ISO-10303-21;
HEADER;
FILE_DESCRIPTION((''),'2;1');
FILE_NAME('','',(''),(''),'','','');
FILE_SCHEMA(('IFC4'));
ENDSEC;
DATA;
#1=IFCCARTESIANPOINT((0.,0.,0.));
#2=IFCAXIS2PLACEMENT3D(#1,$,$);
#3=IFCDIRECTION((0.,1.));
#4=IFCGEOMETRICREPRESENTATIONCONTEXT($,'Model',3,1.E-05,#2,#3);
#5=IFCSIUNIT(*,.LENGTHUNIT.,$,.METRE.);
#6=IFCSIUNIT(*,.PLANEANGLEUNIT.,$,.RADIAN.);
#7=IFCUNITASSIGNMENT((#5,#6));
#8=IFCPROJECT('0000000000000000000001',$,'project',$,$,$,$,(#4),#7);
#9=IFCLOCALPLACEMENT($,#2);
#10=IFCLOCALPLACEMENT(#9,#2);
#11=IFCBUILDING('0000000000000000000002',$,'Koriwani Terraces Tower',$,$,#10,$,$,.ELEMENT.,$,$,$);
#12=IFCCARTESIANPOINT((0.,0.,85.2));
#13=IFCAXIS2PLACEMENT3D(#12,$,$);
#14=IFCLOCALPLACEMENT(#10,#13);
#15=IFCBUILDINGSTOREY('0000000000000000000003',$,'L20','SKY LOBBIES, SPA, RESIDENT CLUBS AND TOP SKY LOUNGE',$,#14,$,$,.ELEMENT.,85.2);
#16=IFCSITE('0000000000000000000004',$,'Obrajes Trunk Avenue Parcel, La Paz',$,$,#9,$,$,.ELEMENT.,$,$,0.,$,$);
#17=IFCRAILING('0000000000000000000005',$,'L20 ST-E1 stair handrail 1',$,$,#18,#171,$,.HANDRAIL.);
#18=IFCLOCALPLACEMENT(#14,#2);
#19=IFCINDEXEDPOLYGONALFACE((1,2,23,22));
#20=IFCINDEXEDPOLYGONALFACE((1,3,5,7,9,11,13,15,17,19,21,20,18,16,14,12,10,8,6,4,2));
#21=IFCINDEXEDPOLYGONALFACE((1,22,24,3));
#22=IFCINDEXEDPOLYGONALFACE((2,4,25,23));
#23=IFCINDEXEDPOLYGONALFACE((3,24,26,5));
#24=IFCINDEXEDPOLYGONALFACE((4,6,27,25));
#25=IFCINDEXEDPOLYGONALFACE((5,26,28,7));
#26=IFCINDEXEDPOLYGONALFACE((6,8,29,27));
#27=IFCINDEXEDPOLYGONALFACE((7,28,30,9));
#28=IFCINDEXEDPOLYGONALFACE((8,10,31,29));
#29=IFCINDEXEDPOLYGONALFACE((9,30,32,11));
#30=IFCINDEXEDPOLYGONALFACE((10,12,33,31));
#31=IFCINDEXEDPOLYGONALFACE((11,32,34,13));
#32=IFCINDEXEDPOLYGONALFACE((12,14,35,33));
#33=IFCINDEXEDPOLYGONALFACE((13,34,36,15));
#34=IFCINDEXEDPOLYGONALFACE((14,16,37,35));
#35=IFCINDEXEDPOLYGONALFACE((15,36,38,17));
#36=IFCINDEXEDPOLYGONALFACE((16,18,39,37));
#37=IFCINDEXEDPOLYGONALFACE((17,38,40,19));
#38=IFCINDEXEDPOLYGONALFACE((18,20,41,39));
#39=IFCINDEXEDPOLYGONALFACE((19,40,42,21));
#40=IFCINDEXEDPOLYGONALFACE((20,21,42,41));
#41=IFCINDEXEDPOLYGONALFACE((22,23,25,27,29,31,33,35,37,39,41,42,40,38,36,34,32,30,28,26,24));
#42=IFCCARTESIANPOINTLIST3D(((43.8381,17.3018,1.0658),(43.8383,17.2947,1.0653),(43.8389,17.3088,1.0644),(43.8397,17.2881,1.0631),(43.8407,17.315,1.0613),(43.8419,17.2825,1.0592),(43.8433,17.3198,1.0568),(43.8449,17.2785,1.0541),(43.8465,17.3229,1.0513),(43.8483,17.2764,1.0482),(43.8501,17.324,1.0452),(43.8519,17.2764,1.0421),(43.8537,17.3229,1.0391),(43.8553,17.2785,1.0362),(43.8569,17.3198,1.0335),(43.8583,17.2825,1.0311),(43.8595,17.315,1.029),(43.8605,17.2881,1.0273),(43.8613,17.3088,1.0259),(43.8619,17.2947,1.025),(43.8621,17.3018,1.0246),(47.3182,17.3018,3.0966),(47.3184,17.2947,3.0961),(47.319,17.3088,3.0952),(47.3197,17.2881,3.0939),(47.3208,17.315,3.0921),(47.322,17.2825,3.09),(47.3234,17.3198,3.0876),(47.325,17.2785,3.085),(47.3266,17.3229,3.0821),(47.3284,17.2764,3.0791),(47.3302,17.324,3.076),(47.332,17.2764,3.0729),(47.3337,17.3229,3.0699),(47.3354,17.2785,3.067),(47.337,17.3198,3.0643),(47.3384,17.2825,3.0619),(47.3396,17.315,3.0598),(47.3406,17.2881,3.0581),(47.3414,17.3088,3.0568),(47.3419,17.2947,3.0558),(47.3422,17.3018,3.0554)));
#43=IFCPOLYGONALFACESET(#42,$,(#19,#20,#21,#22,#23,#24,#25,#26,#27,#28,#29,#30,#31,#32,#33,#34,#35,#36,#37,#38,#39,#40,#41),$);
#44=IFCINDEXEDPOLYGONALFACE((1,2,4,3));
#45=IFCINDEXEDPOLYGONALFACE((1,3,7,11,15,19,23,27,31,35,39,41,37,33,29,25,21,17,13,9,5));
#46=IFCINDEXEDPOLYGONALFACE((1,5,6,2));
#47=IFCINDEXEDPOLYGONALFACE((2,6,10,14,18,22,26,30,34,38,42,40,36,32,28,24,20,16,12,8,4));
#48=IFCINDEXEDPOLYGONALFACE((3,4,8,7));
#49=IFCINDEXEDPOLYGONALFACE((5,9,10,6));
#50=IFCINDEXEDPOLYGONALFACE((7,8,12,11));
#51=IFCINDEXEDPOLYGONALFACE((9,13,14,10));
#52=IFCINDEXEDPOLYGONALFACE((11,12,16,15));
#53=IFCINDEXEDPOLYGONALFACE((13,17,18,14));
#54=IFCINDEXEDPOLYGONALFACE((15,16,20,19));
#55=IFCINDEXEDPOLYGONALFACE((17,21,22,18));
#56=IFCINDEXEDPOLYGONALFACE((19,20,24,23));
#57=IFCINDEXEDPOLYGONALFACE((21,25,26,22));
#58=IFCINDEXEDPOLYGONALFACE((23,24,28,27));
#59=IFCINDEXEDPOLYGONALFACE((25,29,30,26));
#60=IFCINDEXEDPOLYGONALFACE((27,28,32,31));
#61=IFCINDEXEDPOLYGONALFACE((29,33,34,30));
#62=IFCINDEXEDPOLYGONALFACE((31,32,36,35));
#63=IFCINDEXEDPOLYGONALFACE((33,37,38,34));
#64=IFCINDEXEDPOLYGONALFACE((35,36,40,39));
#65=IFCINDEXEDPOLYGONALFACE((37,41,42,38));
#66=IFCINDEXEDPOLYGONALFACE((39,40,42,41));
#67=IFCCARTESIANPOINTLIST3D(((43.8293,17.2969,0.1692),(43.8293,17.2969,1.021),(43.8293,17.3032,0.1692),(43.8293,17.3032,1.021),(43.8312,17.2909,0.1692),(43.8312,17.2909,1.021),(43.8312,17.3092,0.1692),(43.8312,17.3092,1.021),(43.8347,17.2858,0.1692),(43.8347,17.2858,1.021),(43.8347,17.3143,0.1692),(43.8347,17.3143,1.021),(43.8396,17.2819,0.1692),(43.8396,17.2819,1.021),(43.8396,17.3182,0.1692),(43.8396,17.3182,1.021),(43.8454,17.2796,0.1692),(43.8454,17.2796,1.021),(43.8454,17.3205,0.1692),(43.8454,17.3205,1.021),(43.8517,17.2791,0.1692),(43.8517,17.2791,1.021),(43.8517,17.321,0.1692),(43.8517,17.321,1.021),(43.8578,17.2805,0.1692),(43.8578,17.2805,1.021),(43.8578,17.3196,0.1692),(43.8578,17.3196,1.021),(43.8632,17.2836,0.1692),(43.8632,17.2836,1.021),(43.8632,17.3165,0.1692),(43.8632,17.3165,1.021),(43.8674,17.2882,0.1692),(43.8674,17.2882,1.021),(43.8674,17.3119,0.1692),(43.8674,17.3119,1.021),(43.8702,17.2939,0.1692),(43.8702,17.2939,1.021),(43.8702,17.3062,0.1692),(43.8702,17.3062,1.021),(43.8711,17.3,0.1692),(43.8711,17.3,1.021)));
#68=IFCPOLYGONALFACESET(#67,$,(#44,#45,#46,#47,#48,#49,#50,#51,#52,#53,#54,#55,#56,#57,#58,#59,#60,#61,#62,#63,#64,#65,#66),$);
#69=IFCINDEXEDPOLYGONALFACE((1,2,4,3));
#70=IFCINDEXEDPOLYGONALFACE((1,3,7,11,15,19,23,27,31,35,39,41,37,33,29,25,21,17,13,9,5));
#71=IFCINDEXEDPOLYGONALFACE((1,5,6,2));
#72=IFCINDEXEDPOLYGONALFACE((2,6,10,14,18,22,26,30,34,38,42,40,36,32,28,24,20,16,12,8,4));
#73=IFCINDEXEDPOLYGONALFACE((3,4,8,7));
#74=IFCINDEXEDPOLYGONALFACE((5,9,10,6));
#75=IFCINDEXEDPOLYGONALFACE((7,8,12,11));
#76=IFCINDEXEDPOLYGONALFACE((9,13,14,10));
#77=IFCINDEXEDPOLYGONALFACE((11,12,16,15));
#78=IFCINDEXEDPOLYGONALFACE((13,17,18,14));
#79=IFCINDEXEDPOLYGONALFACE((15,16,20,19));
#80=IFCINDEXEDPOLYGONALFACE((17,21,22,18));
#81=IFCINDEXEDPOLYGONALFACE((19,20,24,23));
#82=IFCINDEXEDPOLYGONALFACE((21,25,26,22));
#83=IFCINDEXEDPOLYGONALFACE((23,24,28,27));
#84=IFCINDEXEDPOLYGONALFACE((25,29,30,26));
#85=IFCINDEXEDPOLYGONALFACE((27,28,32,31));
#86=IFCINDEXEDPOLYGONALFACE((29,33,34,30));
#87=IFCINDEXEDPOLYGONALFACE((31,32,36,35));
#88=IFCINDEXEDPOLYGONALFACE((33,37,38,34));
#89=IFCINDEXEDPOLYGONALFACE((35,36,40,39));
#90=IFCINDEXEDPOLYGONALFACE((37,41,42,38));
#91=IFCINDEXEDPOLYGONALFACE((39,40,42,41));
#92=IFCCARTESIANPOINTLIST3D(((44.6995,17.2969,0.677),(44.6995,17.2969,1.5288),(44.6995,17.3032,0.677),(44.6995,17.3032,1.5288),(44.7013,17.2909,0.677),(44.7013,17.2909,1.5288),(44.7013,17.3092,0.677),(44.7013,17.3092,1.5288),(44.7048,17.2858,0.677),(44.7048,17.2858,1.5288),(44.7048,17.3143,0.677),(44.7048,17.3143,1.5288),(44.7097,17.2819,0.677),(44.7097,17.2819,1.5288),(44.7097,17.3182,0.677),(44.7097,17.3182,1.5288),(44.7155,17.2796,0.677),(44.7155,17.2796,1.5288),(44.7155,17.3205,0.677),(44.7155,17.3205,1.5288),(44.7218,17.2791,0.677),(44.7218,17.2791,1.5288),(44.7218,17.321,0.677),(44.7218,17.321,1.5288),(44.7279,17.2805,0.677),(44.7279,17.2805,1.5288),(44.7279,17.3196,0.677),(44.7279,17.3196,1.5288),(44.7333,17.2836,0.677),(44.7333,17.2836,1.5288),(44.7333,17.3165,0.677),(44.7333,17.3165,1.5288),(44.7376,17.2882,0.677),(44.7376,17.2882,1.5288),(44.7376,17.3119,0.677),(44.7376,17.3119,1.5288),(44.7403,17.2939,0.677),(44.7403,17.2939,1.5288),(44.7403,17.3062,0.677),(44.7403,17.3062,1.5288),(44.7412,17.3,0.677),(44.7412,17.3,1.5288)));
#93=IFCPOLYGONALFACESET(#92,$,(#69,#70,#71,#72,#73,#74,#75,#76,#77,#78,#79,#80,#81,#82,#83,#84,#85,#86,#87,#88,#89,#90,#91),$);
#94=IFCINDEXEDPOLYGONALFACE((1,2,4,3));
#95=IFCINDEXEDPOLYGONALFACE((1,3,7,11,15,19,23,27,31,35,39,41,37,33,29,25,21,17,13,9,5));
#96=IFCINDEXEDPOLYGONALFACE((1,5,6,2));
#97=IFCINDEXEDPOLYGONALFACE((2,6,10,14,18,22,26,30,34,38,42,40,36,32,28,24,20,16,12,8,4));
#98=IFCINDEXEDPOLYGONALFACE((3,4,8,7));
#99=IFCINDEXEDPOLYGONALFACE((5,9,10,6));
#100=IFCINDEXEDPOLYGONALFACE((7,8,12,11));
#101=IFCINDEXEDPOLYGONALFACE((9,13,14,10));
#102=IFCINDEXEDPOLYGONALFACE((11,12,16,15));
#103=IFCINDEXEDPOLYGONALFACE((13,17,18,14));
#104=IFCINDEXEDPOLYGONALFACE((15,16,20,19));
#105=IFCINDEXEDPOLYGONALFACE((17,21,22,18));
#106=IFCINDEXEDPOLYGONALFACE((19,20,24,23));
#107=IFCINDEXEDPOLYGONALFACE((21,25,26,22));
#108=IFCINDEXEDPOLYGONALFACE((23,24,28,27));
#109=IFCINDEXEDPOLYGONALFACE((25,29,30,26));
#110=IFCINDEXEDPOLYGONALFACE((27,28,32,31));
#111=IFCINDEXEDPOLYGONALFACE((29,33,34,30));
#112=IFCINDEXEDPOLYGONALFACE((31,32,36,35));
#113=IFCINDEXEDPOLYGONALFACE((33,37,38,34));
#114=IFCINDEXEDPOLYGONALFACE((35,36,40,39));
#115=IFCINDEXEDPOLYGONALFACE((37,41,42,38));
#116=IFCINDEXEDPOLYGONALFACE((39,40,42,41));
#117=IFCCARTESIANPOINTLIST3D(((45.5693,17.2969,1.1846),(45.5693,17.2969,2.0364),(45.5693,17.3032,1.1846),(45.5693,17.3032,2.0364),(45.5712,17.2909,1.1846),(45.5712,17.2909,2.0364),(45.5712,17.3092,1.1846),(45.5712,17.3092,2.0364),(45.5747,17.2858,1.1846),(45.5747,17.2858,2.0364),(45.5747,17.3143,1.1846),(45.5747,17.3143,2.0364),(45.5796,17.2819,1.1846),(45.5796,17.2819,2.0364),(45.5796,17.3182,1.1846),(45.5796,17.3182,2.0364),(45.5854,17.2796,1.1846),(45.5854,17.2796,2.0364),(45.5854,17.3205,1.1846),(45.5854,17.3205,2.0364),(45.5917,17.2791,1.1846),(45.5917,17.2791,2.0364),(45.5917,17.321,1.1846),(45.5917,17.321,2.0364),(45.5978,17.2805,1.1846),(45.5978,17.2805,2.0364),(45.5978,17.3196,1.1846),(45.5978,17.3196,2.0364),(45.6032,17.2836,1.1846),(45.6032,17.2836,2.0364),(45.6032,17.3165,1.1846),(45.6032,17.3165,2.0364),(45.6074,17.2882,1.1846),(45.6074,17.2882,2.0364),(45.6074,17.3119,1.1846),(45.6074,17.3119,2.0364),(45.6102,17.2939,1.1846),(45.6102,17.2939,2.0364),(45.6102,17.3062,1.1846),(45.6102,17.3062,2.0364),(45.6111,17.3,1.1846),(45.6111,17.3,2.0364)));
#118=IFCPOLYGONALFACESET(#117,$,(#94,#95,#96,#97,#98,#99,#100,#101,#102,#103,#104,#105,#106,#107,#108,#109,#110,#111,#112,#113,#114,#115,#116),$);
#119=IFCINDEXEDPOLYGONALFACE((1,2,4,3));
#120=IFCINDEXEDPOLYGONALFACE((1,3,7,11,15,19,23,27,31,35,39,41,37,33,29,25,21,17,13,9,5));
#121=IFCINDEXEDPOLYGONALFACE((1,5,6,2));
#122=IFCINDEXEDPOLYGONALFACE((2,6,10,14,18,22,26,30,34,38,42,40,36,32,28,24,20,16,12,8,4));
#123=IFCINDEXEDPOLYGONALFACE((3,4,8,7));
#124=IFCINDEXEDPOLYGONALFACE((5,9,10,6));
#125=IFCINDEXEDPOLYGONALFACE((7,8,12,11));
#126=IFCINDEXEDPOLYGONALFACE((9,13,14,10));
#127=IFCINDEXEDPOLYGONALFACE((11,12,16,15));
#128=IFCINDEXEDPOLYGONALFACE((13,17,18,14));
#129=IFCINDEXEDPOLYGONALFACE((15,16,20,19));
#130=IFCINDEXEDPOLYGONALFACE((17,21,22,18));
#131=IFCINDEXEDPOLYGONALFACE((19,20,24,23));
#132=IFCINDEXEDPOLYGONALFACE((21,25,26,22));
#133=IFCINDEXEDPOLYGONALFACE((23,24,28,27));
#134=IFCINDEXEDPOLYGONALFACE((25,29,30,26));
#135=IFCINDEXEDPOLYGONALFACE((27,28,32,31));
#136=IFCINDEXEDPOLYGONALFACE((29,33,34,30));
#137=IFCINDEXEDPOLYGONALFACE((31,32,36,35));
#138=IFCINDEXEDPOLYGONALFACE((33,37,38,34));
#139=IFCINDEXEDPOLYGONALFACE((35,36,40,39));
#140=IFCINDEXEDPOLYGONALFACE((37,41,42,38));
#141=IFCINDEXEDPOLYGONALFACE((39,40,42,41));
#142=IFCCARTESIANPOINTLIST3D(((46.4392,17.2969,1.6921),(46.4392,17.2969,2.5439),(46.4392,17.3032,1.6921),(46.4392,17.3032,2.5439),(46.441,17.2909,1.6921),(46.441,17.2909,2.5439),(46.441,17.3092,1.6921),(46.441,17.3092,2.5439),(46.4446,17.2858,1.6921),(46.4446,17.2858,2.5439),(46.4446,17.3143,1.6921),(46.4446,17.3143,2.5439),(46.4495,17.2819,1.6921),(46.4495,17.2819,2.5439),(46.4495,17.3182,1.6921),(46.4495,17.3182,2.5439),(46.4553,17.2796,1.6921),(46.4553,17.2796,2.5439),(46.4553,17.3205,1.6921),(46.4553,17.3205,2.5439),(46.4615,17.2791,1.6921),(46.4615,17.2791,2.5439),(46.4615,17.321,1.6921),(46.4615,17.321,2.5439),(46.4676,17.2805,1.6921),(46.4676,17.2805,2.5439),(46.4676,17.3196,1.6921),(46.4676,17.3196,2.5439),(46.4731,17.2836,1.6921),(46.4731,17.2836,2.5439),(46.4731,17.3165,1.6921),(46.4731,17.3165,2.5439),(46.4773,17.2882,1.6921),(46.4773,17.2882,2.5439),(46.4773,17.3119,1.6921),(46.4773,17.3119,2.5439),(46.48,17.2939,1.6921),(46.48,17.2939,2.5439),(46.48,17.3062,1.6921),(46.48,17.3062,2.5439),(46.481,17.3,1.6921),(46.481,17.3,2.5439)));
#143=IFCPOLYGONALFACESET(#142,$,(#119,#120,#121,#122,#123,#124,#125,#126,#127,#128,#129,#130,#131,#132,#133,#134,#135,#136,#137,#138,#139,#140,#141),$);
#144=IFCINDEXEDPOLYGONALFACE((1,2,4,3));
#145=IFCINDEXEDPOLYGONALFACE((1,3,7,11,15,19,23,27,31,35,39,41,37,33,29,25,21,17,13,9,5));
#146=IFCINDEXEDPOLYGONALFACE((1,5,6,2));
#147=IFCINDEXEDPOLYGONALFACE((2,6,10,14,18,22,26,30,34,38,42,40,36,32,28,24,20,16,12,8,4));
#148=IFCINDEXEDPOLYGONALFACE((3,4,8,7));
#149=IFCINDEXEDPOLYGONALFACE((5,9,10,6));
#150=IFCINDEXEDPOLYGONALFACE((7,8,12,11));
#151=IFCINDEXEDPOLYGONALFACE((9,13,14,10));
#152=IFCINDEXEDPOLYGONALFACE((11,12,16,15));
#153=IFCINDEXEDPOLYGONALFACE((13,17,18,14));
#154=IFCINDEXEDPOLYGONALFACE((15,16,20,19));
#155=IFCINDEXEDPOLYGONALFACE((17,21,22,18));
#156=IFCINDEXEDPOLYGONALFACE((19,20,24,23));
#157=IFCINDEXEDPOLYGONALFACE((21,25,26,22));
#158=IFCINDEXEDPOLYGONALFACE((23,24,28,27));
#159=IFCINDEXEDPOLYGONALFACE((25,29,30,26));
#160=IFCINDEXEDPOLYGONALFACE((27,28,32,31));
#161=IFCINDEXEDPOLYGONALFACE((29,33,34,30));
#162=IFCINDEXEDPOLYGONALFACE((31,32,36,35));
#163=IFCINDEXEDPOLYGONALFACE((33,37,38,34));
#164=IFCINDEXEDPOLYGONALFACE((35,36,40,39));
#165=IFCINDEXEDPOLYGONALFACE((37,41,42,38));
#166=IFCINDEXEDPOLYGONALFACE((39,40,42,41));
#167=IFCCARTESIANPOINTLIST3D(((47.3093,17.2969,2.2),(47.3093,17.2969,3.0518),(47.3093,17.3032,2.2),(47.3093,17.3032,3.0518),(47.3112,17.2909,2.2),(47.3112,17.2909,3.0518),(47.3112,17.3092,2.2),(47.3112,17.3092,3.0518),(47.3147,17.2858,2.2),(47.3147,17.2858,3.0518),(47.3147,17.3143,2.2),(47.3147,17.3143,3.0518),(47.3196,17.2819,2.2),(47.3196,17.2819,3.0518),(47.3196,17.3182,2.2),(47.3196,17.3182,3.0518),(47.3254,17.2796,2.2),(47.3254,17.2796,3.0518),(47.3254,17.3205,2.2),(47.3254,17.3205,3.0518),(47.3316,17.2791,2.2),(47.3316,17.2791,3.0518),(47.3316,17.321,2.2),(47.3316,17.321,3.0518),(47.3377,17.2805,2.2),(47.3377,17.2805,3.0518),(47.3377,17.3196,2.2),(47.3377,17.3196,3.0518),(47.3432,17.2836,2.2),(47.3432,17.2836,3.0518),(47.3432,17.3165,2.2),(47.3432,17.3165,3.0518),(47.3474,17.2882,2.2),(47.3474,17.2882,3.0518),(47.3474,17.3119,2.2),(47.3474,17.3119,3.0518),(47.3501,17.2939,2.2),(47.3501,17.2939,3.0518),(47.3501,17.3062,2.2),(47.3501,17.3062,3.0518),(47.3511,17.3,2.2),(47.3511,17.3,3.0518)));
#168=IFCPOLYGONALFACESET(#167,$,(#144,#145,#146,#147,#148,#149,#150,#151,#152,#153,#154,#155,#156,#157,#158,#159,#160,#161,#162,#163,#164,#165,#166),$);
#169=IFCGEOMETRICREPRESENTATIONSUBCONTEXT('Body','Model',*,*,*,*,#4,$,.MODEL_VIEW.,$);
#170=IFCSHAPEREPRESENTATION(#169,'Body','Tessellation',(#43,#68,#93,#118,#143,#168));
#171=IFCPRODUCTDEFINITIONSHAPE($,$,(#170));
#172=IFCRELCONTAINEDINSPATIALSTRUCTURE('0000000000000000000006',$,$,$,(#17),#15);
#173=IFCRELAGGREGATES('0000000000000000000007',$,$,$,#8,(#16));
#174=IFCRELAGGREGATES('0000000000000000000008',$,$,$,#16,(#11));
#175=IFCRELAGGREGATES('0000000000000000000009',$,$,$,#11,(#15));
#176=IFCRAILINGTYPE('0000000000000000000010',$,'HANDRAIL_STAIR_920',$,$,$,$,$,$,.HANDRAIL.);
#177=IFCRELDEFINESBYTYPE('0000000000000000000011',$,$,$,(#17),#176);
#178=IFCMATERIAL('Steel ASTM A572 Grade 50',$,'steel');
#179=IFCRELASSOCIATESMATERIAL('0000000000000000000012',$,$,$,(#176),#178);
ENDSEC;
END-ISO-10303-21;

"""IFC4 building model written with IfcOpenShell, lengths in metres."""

from ifc_helpers import new_model, si_unit, direction, frame, origin, origin_2d, place, context, subcontext, project, spatial, circle, extrude, material, type_object, element, save


model = new_model("IFC4")

# Units and contexts
model_context = context("Model", 3, precision=1e-05, world=origin(), true_north=direction((0.0, 1.0)))
body_context = subcontext(model_context, "Body", "Model", "MODEL_VIEW")
ifc_project = project(units=[si_unit("LENGTHUNIT", "METRE"), si_unit("PLANEANGLEUNIT", "RADIAN")], contexts=[model_context])

# Site, building, storey
site_placement = place(None, origin())
site = spatial("IfcSite", under=ifc_project, at=site_placement, Name="Obrajes Trunk Avenue Parcel, La Paz", CompositionType="ELEMENT", RefElevation=0.0)
building_placement = place(site_placement, origin())
building = spatial("IfcBuilding", under=site, at=building_placement, Name="Koriwani Terraces Tower", CompositionType="ELEMENT")
storey_placement = place(building_placement, frame((0.0, 0.0, 85.2)))
storey = spatial("IfcBuildingStorey", under=building, at=storey_placement, Name="L20", Description="SKY LOBBIES, SPA, RESIDENT CLUBS AND TOP SKY LOUNGE", CompositionType="ELEMENT", Elevation=85.2)

# Shared definitions
ifc_material_1 = material(Name="Steel ASTM A572 Grade 50", Category="steel")

# Railing
railing_type_1 = type_object("IfcRailingType", Name="HANDRAIL_STAIR_920", PredefinedType="HANDRAIL", material=ifc_material_1)
railing_1_placement = place(storey_placement, frame((43.8501, 17.3, 0.1692)))
element("IfcRailing", 1, at=railing_1_placement, inside=storey, type_object=railing_type_1, Name="L20 ST-E1 stair handrail 1", PredefinedType="HANDRAIL", context=body_context, shape_type="SweptSolid", body=[
    extrude(circle(Radius=0.0239, at=origin_2d()), frame((0.0, 0.0, 0.876), z_axis=(0.863695, 0.0, 0.504014), x_axis=(0.0, 1.0, 0.0)), (0.0, 0.0, 1.0), 4.0293),
    extrude(circle(Radius=0.021, at=origin_2d()), origin(), (0.0, 0.0, 1.0), 0.8518),
    extrude(circle(Radius=0.021, at=origin_2d()), frame((0.8701, 0.0, 0.5078)), (0.0, 0.0, 1.0), 0.8518),
    extrude(circle(Radius=0.021, at=origin_2d()), frame((1.74, 0.0, 1.0154)), (0.0, 0.0, 1.0), 0.8518),
    extrude(circle(Radius=0.021, at=origin_2d()), frame((2.6099, 0.0, 1.5229)), (0.0, 0.0, 1.0), 0.8518),
    extrude(circle(Radius=0.021, at=origin_2d()), frame((3.48, 0.0, 2.0308)), (0.0, 0.0, 1.0), 0.8518),
])

save(model, "model.ifc")
